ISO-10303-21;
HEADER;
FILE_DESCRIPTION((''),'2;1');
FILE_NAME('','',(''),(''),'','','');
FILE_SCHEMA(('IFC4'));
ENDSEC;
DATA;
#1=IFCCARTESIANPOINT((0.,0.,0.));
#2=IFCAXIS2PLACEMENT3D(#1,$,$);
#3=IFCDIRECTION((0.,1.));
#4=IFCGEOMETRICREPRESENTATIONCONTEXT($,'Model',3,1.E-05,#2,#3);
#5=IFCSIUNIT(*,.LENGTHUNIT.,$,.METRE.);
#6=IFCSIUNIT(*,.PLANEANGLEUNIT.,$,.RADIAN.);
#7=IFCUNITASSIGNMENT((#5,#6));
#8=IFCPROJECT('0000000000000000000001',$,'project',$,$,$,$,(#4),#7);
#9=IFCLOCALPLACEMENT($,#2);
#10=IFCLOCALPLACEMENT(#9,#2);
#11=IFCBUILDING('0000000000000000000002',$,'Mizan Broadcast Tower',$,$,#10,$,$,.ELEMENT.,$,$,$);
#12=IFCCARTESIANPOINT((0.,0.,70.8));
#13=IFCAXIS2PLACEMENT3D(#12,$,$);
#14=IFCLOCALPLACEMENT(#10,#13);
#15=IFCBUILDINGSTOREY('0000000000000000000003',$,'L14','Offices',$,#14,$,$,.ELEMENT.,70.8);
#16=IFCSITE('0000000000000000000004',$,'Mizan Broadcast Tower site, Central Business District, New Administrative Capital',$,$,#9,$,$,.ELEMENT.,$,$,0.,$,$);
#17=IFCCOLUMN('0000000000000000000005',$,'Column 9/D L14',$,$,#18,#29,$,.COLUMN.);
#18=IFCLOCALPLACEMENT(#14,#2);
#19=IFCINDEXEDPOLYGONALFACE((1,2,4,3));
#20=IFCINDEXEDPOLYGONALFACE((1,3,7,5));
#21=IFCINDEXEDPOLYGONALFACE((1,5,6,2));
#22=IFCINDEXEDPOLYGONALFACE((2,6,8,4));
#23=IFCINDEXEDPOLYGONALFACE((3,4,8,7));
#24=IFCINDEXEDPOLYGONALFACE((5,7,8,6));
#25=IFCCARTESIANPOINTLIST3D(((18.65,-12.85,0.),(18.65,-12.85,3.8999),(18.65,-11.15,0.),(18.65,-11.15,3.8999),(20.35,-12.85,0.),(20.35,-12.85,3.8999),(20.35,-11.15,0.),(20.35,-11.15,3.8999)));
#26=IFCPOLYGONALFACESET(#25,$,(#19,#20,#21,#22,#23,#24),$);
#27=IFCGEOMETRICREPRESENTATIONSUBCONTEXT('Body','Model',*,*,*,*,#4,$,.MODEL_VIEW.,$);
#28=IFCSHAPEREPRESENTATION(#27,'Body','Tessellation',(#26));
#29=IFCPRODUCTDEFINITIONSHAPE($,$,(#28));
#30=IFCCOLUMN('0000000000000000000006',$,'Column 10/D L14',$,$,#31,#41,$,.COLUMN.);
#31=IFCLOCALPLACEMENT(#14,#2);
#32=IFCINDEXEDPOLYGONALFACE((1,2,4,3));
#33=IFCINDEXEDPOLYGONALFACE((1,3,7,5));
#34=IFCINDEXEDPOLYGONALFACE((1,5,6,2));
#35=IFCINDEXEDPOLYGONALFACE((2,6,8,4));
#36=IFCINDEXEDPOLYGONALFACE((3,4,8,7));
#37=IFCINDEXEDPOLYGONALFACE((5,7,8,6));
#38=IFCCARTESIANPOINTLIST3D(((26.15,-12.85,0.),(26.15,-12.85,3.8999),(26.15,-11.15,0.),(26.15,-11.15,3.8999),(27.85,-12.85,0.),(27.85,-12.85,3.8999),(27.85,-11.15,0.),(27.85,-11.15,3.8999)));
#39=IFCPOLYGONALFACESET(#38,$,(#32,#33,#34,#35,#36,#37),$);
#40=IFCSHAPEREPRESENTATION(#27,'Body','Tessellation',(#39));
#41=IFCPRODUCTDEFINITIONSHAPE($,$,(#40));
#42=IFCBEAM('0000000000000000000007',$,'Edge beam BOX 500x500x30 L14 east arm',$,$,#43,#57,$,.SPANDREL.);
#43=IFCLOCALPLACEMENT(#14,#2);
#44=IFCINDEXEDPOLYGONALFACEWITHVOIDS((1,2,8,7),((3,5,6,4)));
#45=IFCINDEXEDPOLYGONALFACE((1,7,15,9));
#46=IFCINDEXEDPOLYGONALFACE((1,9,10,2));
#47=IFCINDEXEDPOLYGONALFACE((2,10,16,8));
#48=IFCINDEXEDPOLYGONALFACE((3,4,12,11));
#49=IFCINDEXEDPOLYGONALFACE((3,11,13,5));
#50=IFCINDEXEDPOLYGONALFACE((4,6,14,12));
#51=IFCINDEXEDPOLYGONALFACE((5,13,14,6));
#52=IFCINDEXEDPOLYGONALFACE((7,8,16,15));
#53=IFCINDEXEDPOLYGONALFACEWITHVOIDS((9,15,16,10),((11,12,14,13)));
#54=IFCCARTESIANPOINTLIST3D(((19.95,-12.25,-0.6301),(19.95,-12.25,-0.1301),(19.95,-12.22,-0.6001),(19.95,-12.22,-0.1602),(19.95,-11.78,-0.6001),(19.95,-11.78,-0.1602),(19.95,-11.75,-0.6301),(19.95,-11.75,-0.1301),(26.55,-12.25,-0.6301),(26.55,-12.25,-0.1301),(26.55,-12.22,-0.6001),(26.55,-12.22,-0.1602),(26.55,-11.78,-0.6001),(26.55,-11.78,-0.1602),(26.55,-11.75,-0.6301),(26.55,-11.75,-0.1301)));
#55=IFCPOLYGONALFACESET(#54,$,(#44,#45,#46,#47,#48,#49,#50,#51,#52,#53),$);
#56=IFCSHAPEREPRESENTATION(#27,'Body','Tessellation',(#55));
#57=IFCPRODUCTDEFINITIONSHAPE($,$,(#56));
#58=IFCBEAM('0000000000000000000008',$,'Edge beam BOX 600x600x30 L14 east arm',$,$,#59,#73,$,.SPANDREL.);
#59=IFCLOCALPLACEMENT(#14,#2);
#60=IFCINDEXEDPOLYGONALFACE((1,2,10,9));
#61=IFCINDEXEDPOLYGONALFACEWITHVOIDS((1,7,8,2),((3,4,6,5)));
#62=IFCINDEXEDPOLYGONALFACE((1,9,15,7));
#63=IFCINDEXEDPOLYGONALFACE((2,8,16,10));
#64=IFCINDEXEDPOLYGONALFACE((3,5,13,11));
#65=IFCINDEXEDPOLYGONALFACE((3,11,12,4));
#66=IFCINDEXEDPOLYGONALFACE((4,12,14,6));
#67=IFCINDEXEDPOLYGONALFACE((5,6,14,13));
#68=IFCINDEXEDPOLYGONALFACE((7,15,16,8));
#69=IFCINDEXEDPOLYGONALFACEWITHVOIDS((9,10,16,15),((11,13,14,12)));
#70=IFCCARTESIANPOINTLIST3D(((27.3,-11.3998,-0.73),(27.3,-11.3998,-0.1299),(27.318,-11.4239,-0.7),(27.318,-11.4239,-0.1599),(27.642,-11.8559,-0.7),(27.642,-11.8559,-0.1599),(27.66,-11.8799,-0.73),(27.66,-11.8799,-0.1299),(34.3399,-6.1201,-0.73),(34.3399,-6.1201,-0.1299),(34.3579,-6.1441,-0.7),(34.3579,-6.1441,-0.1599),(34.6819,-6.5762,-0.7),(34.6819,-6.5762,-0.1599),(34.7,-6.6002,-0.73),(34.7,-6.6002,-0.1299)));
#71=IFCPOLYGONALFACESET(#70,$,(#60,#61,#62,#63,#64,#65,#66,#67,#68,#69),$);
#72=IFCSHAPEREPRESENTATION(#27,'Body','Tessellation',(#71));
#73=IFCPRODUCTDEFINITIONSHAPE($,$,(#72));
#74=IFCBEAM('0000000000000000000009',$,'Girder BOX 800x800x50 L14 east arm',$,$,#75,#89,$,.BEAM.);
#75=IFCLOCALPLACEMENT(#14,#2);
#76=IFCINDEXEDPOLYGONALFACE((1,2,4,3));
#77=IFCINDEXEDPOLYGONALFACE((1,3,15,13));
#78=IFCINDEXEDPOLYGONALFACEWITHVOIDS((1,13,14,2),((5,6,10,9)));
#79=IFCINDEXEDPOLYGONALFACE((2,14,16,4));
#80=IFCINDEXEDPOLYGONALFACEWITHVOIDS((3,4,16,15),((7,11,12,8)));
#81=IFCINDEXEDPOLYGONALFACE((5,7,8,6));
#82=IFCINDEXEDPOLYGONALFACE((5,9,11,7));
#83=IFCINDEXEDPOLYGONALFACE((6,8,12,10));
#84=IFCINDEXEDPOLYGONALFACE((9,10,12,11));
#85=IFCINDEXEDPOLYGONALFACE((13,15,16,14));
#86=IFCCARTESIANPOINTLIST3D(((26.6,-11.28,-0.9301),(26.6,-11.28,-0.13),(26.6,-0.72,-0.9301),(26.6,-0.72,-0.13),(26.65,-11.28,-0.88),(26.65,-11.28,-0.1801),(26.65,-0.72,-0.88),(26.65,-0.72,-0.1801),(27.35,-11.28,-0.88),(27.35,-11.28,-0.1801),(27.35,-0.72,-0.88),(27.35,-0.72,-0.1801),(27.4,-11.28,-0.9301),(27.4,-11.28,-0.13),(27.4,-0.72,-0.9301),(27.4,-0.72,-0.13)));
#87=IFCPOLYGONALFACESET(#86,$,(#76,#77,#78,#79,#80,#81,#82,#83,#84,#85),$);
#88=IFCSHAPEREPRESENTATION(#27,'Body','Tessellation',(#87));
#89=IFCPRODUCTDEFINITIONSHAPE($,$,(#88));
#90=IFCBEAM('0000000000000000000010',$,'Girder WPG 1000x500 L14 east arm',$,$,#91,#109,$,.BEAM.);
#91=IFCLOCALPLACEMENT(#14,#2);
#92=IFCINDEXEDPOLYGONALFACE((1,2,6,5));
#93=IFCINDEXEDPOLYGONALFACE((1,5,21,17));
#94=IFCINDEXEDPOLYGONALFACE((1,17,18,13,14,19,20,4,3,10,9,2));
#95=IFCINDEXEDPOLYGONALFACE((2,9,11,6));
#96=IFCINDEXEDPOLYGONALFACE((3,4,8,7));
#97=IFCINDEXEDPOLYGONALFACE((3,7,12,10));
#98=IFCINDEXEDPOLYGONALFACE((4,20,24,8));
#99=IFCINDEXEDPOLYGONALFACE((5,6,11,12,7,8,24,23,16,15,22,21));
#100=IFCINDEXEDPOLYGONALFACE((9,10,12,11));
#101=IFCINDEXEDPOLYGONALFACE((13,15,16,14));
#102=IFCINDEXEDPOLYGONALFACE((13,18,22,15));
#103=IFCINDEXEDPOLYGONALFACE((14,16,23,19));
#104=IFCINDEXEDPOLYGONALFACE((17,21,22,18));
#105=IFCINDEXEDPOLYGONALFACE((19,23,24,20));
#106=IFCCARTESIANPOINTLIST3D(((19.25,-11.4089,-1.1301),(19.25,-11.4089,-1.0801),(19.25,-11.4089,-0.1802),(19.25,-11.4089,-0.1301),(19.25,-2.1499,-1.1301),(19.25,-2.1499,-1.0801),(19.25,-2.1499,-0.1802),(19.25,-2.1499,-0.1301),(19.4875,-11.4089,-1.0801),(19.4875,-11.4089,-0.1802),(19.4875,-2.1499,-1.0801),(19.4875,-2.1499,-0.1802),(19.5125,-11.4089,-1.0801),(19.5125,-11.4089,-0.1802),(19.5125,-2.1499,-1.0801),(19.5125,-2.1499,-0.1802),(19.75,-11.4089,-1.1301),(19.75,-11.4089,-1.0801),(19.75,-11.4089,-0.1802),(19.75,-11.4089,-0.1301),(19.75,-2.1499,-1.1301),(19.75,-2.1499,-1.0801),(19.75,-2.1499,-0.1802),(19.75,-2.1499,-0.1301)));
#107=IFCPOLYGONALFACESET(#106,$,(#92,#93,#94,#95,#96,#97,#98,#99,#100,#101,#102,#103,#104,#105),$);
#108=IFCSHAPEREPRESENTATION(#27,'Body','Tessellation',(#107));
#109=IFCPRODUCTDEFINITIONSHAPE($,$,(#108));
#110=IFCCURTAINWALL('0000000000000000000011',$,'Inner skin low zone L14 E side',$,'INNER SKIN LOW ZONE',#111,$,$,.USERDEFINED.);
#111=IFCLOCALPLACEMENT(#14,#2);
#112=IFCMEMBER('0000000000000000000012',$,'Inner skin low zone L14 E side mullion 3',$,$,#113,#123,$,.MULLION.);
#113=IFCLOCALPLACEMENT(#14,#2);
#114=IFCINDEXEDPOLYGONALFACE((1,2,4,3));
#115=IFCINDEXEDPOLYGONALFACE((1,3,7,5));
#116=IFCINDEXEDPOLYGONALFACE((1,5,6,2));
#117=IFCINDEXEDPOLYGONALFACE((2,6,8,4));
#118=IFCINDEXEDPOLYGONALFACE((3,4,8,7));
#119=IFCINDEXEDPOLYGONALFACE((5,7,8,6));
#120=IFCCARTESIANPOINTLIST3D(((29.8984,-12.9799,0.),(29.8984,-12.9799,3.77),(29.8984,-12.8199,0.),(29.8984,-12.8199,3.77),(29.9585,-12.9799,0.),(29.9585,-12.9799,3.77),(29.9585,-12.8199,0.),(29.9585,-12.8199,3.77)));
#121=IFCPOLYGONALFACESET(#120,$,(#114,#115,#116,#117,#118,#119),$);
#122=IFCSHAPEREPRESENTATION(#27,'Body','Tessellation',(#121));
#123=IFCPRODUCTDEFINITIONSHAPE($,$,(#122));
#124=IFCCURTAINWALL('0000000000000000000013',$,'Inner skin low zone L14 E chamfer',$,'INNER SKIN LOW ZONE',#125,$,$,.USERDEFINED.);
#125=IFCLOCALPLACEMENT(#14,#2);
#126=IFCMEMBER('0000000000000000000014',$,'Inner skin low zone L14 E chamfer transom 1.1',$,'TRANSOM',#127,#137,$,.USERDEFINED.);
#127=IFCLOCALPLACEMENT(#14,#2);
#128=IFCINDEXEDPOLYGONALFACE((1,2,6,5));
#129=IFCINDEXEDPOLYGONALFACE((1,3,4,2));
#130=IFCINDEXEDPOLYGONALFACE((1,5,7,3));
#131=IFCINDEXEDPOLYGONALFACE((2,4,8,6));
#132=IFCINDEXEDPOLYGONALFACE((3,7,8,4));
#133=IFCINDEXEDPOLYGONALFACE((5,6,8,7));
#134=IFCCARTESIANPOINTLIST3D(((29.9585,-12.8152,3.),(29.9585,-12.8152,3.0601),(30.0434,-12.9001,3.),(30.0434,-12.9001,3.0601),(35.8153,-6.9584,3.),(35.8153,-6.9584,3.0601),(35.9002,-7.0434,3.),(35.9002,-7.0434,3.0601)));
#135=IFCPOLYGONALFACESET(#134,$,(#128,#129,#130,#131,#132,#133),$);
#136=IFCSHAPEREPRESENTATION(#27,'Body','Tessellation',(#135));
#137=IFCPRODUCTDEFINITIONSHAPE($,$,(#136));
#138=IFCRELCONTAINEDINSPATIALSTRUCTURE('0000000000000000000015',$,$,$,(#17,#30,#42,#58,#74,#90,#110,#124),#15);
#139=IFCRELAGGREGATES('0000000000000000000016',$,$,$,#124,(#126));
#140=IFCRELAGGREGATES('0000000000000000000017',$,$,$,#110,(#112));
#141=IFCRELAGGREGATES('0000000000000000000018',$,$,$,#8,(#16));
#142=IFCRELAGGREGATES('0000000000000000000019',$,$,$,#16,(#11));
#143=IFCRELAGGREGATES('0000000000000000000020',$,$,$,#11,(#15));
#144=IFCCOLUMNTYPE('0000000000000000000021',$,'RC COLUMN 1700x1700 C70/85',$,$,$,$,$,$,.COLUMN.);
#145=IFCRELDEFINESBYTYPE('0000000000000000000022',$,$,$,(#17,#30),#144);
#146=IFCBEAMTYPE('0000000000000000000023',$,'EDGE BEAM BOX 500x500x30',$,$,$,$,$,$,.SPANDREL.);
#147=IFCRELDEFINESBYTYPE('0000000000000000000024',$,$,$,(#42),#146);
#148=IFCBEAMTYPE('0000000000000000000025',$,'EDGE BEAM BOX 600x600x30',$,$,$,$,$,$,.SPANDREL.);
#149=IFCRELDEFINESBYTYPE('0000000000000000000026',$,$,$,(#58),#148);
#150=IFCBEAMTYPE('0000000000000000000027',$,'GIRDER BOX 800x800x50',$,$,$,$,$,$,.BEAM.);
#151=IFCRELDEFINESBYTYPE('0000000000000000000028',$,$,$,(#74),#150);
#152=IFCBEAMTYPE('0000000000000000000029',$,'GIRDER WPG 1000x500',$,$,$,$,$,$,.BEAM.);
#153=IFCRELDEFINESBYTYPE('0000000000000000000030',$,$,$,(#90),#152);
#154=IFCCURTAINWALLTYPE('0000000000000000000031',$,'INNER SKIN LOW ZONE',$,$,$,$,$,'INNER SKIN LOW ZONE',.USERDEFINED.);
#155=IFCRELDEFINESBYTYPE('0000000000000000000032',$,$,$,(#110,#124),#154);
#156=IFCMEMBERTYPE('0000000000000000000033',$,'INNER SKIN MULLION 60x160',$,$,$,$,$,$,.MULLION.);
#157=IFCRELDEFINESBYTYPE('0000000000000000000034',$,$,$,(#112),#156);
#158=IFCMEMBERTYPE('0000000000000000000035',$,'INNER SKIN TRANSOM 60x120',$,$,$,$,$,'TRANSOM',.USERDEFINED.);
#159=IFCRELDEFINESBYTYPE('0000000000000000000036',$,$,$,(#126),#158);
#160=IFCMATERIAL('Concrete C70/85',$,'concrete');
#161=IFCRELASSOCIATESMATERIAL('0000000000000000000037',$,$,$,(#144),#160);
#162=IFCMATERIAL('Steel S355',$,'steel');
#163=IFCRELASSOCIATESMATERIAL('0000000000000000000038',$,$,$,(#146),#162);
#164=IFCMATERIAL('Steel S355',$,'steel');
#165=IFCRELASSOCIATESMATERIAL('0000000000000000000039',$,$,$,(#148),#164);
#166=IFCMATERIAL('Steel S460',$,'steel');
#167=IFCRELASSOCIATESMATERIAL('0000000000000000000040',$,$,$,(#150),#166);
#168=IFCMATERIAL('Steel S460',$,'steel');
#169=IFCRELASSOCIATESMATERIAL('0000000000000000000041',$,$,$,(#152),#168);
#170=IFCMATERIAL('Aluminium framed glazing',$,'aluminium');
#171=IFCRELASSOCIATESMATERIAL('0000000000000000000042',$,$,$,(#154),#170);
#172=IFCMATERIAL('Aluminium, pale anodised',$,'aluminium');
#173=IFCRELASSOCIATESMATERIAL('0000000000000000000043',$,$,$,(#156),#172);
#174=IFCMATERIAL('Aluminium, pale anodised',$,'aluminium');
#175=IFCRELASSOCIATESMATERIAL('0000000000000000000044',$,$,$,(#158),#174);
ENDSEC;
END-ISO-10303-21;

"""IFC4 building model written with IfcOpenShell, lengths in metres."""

from ifc_helpers import new_model, si_unit, direction, frame, origin, origin_2d, place, context, subcontext, project, spatial, rectangle, hollow_rectangle, i_section, extrude, material, material_profile, profile_set, type_object, element, aggregate, save


model = new_model("IFC4")

# Units and contexts
model_context = context("Model", 3, precision=1e-05, world=origin(), true_north=direction((0.0, 1.0)))
body_context = subcontext(model_context, "Body", "Model", "MODEL_VIEW")
ifc_project = project(units=[si_unit("LENGTHUNIT", "METRE"), si_unit("PLANEANGLEUNIT", "RADIAN")], contexts=[model_context])

# Site, building, storey
site_placement = place(None, origin())
site = spatial("IfcSite", under=ifc_project, at=site_placement, Name="Mizan Broadcast Tower site, Central Business District, New Administrative Capital", CompositionType="ELEMENT", RefElevation=0.0)
building_placement = place(site_placement, origin())
building = spatial("IfcBuilding", under=site, at=building_placement, Name="Mizan Broadcast Tower", CompositionType="ELEMENT")
storey_placement = place(building_placement, frame((0.0, 0.0, 70.8)))
storey = spatial("IfcBuildingStorey", under=building, at=storey_placement, Name="L14", Description="Offices", CompositionType="ELEMENT", Elevation=70.8)

# Columns
ifc_material_1 = material(Name="Concrete C70/85", Category="concrete")
ifc_material_profile_1 = material_profile(ifc_material_1, rectangle(XDim=1.7, YDim=1.7, at=origin_2d()), Name="RC 1700x1700")
ifc_profile_set_1 = profile_set([ifc_material_profile_1], Name="Concrete C70/85")
column_type = type_object("IfcColumnType", Name="RC COLUMN 1700x1700 C70/85", PredefinedType="COLUMN", material=ifc_profile_set_1)
for number, where, z_axis, x_axis, name in (
    (1, (19.5, -12.0, 0.0), (0.0, 0.0, 1.0), (1.0, 0.0, 0.0), "Column 9/D L14"),
    (2, (27.0, -12.0, 0.0), (0.0, 0.0, 1.0), (1.0, 0.0, 0.0), "Column 10/D L14"),
):
    element("IfcColumn", number, at=place(storey_placement, frame(where, z_axis=z_axis, x_axis=x_axis)), inside=storey, type_object=column_type, Name=name, PredefinedType="COLUMN", context=body_context, shape_type="SweptSolid", body=[
        extrude(rectangle(XDim=1.7, YDim=1.7, at=origin_2d()), origin(), (0.0, 0.0, 1.0), 3.8999),
    ])

# Beams
ifc_material_2 = material(Name="Steel S355", Category="steel")
ifc_material_profile_2 = material_profile(ifc_material_2, hollow_rectangle(XDim=0.5, YDim=0.5, WallThickness=0.03, at=origin_2d()), Name="BOX 500x500x30")
ifc_profile_set_2 = profile_set([ifc_material_profile_2], Name="Steel S355")
beam_type_1 = type_object("IfcBeamType", Name="EDGE BEAM BOX 500x500x30", PredefinedType="SPANDREL", material=ifc_profile_set_2)
beam_1_placement = place(storey_placement, frame((19.95, -12.0, -0.3801), z_axis=(1.0, 0.0, 0.0), x_axis=(0.0, 1.0, 0.0)))
element("IfcBeam", 3, at=beam_1_placement, inside=storey, type_object=beam_type_1, Name="Edge beam BOX 500x500x30 L14 east arm", PredefinedType="SPANDREL", context=body_context, shape_type="SweptSolid", body=[
    extrude(hollow_rectangle(XDim=0.5, YDim=0.5, WallThickness=0.03, at=origin_2d()), origin(), (0.0, 0.0, 1.0), 6.6001),
])
ifc_material_3 = material(Name="Steel S355", Category="steel")
ifc_material_profile_3 = material_profile(ifc_material_3, hollow_rectangle(XDim=0.6001, YDim=0.6001, WallThickness=0.03, at=origin_2d()), Name="BOX 600x600x30")
ifc_profile_set_3 = profile_set([ifc_material_profile_3], Name="Steel S355")
beam_type_2 = type_object("IfcBeamType", Name="EDGE BEAM BOX 600x600x30", PredefinedType="SPANDREL", material=ifc_profile_set_3)
beam_2_placement = place(storey_placement, frame((27.48, -11.6399, -0.4299), z_axis=(0.800013, 0.599982, 0.0), x_axis=(-0.599982, 0.800013, 0.0)))
element("IfcBeam", 4, at=beam_2_placement, inside=storey, type_object=beam_type_2, Name="Edge beam BOX 600x600x30 L14 east arm", PredefinedType="SPANDREL", context=body_context, shape_type="SweptSolid", body=[
    extrude(hollow_rectangle(XDim=0.6001, YDim=0.6001, WallThickness=0.03, at=origin_2d()), origin(), (0.0, 0.0, 1.0), 8.7998),
])
ifc_material_4 = material(Name="Steel S460", Category="steel")
ifc_material_profile_4 = material_profile(ifc_material_4, hollow_rectangle(XDim=0.8, YDim=0.8, WallThickness=0.05, at=origin_2d()), Name="BOX 800x800x50")
ifc_profile_set_4 = profile_set([ifc_material_profile_4], Name="Steel S460")
beam_type_3 = type_object("IfcBeamType", Name="GIRDER BOX 800x800x50", PredefinedType="BEAM", material=ifc_profile_set_4)
beam_3_placement = place(storey_placement, frame((27.0, -11.28, -0.53), z_axis=(0.0, 1.0, 0.0), x_axis=(-1.0, 0.0, 0.0)))
element("IfcBeam", 5, at=beam_3_placement, inside=storey, type_object=beam_type_3, Name="Girder BOX 800x800x50 L14 east arm", PredefinedType="BEAM", context=body_context, shape_type="SweptSolid", body=[
    extrude(hollow_rectangle(XDim=0.8, YDim=0.8, WallThickness=0.05, at=origin_2d()), origin(), (0.0, 0.0, 1.0), 10.5601),
])
ifc_material_5 = material(Name="Steel S460", Category="steel")
ifc_material_profile_5 = material_profile(ifc_material_5, i_section(OverallWidth=0.5, OverallDepth=1.0, WebThickness=0.0249, FlangeThickness=0.05, at=origin_2d()), Name="WPG 1000x500")
ifc_profile_set_5 = profile_set([ifc_material_profile_5], Name="Steel S460")
beam_type_4 = type_object("IfcBeamType", Name="GIRDER WPG 1000x500", PredefinedType="BEAM", material=ifc_profile_set_5)
beam_4_placement = place(storey_placement, frame((19.5, -11.4089, -0.6301), z_axis=(0.0, 1.0, 0.0), x_axis=(-1.0, 0.0, 0.0)))
element("IfcBeam", 6, at=beam_4_placement, inside=storey, type_object=beam_type_4, Name="Girder WPG 1000x500 L14 east arm", PredefinedType="BEAM", context=body_context, shape_type="SweptSolid", body=[
    extrude(i_section(OverallWidth=0.5, OverallDepth=1.0, WebThickness=0.0249, FlangeThickness=0.05, at=origin_2d()), origin(), (0.0, 0.0, 1.0), 9.259),
])

# Curtain walls, members
ifc_material_6 = material(Name="Aluminium framed glazing", Category="aluminium")
curtain_wall_type_1 = type_object("IfcCurtainWallType", Name="INNER SKIN LOW ZONE", ElementType="INNER SKIN LOW ZONE", PredefinedType="USERDEFINED", material=ifc_material_6)
curtain_wall_1_placement = place(storey_placement, origin())
curtain_wall_1 = element("IfcCurtainWall", 7, at=curtain_wall_1_placement, inside=storey, type_object=curtain_wall_type_1, Name="Inner skin low zone L14 E side", ObjectType="INNER SKIN LOW ZONE", PredefinedType="USERDEFINED")
ifc_material_7 = material(Name="Aluminium, pale anodised", Category="aluminium")
ifc_material_profile_6 = material_profile(ifc_material_7, rectangle(XDim=0.1599, YDim=0.0601, at=origin_2d()), Name="MULLION 160x60")
ifc_profile_set_6 = profile_set([ifc_material_profile_6], Name="Aluminium, pale anodised")
member_type_1 = type_object("IfcMemberType", Name="INNER SKIN MULLION 60x160", PredefinedType="MULLION", material=ifc_profile_set_6)
member_1_placement = place(storey_placement, frame((29.9285, -12.8999, 0.0), z_axis=(0.0, 0.0, 1.0), x_axis=(0.0, 1.0, 0.0)))
member_1 = element("IfcMember", 8, at=member_1_placement, type_object=member_type_1, Name="Inner skin low zone L14 E side mullion 3", PredefinedType="MULLION", context=body_context, shape_type="SweptSolid", body=[
    extrude(rectangle(XDim=0.1599, YDim=0.0601, at=origin_2d()), origin(), (0.0, 0.0, 1.0), 3.77),
])
curtain_wall_2_placement = place(storey_placement, origin())
curtain_wall_2 = element("IfcCurtainWall", 9, at=curtain_wall_2_placement, inside=storey, type_object=curtain_wall_type_1, Name="Inner skin low zone L14 E chamfer", ObjectType="INNER SKIN LOW ZONE", PredefinedType="USERDEFINED")
ifc_material_8 = material(Name="Aluminium, pale anodised", Category="aluminium")
ifc_material_profile_7 = material_profile(ifc_material_8, rectangle(XDim=0.1201, YDim=0.0601, at=origin_2d()), Name="TRANSOM 120x60")
ifc_profile_set_7 = profile_set([ifc_material_profile_7], Name="Aluminium, pale anodised")
member_type_2 = type_object("IfcMemberType", Name="INNER SKIN TRANSOM 60x120", ElementType="TRANSOM", PredefinedType="USERDEFINED", material=ifc_profile_set_7)
member_2_placement = place(storey_placement, frame((30.001, -12.8577, 3.03), z_axis=(0.707107, 0.707107, 0.0), x_axis=(-0.707107, 0.707107, 0.0)))
member_2 = element("IfcMember", 10, at=member_2_placement, type_object=member_type_2, Name="Inner skin low zone L14 E chamfer transom 1.1", ObjectType="TRANSOM", PredefinedType="USERDEFINED", context=body_context, shape_type="SweptSolid", body=[
    extrude(rectangle(XDim=0.1201, YDim=0.0601, at=origin_2d()), origin(), (0.0, 0.0, 1.0), 8.2827),
])
aggregate(curtain_wall_2, [member_2])

aggregate(curtain_wall_1, [member_1])

save(model, "model.ifc")
